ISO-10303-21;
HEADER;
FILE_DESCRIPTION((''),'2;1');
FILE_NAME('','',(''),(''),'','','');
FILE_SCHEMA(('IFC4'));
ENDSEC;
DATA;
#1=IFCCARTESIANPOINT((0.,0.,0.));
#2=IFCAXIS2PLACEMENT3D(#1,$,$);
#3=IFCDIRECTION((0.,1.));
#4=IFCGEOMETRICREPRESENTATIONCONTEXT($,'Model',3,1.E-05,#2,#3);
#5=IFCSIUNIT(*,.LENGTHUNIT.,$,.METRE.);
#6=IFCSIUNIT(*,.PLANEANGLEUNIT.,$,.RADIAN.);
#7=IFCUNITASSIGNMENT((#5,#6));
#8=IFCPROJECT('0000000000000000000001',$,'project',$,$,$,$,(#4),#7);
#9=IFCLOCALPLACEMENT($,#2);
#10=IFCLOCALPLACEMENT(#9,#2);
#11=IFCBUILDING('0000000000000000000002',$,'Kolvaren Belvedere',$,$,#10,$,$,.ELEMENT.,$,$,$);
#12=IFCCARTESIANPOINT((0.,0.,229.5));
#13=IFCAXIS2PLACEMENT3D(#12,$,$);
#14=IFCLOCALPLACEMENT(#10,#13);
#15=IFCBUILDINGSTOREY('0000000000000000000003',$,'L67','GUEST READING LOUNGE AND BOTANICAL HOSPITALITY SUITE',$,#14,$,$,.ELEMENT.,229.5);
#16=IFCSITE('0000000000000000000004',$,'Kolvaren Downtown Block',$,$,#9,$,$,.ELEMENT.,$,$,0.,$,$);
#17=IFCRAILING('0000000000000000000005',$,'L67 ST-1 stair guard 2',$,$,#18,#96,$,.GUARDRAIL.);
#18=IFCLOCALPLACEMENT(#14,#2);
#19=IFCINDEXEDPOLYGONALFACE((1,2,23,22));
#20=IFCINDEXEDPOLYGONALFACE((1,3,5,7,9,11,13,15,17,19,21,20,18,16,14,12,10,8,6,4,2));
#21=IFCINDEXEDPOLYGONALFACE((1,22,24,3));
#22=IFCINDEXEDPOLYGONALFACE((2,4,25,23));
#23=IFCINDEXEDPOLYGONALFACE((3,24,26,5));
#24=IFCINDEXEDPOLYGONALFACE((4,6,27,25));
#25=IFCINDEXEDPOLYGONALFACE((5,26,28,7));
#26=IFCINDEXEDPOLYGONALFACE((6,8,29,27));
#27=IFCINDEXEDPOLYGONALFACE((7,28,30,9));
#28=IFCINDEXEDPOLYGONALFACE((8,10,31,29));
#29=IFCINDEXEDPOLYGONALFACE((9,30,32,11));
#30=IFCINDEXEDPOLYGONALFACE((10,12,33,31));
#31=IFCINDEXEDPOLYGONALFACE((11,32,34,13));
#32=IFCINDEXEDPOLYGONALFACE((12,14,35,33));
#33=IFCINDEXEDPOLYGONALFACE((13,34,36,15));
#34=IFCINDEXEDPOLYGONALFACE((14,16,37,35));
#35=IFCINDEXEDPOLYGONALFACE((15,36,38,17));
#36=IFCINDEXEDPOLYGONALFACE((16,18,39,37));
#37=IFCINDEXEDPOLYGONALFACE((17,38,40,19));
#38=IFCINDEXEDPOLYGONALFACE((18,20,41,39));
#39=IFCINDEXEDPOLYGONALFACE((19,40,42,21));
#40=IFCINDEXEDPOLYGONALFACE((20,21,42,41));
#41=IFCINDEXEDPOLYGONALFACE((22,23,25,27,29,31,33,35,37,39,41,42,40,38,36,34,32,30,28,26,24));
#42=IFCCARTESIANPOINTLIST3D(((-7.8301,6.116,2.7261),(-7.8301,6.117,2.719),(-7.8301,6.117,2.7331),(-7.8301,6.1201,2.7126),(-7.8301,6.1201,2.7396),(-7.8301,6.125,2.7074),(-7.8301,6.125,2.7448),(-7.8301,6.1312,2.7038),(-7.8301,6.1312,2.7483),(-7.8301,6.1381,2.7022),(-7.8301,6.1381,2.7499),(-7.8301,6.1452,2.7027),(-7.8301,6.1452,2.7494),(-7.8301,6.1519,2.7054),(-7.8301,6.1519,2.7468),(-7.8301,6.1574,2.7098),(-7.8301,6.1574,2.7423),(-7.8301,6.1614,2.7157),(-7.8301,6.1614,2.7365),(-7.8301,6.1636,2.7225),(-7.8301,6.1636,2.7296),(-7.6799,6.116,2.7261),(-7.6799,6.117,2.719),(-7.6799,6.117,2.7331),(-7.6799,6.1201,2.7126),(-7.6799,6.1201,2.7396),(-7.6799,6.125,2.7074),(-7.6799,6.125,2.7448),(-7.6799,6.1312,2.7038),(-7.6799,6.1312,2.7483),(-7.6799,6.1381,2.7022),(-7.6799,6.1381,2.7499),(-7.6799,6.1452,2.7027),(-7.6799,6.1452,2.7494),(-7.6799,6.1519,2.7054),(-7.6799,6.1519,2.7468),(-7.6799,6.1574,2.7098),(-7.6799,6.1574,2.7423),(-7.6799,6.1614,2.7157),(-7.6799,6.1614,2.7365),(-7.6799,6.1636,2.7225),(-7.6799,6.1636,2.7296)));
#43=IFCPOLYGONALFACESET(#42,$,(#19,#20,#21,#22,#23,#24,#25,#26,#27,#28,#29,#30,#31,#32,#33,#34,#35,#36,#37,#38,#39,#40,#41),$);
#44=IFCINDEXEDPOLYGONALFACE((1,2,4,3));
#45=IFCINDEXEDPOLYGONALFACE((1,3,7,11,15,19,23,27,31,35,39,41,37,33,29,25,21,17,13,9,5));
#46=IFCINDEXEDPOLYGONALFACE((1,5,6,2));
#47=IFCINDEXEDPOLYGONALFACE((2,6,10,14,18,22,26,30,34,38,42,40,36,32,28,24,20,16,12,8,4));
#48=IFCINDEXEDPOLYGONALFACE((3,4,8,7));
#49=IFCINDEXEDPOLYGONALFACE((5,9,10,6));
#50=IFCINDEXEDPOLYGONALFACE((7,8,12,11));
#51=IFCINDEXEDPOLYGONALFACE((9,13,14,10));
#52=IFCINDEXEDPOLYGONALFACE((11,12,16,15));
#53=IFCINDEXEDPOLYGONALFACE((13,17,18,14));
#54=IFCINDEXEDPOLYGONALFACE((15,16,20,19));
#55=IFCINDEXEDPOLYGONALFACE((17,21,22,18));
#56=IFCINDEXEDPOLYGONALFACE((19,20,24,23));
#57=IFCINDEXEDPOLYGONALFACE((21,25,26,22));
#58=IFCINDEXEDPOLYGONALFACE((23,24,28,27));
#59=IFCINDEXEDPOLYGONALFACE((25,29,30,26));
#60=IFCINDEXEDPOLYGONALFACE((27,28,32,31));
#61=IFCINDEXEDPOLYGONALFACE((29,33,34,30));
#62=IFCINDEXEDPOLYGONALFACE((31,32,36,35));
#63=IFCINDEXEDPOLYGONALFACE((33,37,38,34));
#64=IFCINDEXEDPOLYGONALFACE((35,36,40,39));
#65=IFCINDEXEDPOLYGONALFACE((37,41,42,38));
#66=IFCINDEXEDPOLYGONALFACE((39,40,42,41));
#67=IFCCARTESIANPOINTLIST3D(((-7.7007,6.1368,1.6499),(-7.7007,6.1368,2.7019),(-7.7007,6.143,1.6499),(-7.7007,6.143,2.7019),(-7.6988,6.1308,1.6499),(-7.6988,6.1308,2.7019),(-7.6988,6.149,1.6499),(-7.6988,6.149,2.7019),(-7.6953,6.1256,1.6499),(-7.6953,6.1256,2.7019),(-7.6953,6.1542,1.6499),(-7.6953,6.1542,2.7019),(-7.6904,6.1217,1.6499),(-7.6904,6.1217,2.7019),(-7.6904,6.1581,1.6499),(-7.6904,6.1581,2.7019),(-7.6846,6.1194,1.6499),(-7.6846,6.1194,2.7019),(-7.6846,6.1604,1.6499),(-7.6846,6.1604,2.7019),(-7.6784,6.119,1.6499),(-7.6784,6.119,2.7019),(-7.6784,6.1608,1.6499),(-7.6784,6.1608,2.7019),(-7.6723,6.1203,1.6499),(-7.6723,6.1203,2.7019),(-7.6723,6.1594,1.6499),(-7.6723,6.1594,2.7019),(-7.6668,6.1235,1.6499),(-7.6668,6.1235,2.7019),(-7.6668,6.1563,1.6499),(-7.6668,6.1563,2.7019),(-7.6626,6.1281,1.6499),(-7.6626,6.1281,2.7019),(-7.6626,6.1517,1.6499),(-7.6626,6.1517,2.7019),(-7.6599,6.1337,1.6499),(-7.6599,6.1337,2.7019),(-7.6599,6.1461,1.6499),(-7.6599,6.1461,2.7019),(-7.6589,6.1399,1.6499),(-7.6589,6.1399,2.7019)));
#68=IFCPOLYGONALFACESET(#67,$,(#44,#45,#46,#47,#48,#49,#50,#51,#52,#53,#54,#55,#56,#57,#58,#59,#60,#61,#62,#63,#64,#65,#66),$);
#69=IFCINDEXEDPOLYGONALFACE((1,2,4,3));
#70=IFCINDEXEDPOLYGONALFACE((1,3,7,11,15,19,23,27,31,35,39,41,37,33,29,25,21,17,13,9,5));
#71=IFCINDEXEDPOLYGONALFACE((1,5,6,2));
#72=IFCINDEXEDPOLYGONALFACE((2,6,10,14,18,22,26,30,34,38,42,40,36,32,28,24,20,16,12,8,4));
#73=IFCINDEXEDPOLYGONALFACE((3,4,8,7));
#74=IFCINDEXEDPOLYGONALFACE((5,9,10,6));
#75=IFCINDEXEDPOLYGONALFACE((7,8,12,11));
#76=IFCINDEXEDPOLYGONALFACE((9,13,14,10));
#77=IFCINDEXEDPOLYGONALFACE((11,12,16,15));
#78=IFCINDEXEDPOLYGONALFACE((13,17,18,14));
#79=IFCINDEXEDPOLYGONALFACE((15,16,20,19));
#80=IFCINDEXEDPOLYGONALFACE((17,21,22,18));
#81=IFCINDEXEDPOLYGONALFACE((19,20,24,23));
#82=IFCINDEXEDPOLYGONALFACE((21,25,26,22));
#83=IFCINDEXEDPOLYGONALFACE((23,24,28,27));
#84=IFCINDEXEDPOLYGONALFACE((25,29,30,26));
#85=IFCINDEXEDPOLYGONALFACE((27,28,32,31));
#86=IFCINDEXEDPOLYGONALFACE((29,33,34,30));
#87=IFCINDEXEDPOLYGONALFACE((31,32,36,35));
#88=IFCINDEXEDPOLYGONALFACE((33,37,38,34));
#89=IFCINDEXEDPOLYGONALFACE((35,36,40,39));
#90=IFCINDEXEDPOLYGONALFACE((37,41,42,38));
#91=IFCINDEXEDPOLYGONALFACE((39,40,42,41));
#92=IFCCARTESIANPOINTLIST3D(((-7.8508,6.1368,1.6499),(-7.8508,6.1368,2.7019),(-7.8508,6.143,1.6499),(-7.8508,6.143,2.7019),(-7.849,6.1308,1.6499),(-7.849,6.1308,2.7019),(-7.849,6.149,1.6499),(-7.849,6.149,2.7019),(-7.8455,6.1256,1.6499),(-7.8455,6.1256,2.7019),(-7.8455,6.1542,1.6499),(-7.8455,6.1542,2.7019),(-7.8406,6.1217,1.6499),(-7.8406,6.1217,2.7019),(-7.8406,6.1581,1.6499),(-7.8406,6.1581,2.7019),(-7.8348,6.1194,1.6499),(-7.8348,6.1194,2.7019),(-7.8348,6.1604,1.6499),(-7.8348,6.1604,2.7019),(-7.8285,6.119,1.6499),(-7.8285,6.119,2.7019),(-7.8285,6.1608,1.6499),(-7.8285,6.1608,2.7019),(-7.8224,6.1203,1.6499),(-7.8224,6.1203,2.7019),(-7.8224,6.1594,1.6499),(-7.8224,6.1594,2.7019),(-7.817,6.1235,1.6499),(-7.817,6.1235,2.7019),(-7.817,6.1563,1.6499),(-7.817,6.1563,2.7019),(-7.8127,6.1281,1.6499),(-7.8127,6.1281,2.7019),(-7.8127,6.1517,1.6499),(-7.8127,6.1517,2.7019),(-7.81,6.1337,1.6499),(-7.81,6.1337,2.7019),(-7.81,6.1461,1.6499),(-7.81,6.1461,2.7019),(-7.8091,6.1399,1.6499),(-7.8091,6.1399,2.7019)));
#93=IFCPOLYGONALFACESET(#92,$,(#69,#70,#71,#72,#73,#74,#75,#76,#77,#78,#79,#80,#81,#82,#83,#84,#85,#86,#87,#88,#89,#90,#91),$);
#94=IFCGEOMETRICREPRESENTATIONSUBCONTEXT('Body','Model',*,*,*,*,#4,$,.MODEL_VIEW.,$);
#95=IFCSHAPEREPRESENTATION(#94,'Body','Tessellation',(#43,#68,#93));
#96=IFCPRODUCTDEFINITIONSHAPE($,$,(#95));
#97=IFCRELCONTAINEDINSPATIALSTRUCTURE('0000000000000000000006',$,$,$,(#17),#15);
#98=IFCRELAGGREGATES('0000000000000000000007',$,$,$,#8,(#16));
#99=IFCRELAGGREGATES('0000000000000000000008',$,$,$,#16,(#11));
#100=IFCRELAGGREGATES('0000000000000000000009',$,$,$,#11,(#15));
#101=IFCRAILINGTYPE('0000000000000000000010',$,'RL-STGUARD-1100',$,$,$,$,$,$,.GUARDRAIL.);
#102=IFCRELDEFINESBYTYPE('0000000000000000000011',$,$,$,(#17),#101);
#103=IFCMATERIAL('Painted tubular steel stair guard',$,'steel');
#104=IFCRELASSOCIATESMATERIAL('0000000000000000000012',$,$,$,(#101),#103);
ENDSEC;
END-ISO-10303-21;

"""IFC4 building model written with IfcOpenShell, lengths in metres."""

from ifc_helpers import new_model, si_unit, direction, frame, origin, origin_2d, place, context, subcontext, project, spatial, circle, extrude, material, type_object, element, save


model = new_model("IFC4")

# Units and contexts
model_context = context("Model", 3, precision=1e-05, world=origin(), true_north=direction((0.0, 1.0)))
body_context = subcontext(model_context, "Body", "Model", "MODEL_VIEW")
ifc_project = project(units=[si_unit("LENGTHUNIT", "METRE"), si_unit("PLANEANGLEUNIT", "RADIAN")], contexts=[model_context])

# Site, building, storey
site_placement = place(None, origin())
site = spatial("IfcSite", under=ifc_project, at=site_placement, Name="Kolvaren Downtown Block", CompositionType="ELEMENT", RefElevation=0.0)
building_placement = place(site_placement, origin())
building = spatial("IfcBuilding", under=site, at=building_placement, Name="Kolvaren Belvedere", CompositionType="ELEMENT")
storey_placement = place(building_placement, frame((0.0, 0.0, 229.5)))
storey = spatial("IfcBuildingStorey", under=building, at=storey_placement, Name="L67", Description="GUEST READING LOUNGE AND BOTANICAL HOSPITALITY SUITE", CompositionType="ELEMENT", Elevation=229.5)

# Railing
ifc_material_1 = material(Name="Painted tubular steel stair guard", Category="steel")
railing_type_1 = type_object("IfcRailingType", Name="RL-STGUARD-1100", PredefinedType="GUARDRAIL", material=ifc_material_1)
railing_1_placement = place(storey_placement, frame((-7.6799, 6.1399, 1.6499)))
element("IfcRailing", 1, at=railing_1_placement, inside=storey, type_object=railing_type_1, Name="L67 ST-1 stair guard 2", PredefinedType="GUARDRAIL", context=body_context, shape_type="SweptSolid", body=[
    extrude(circle(Radius=0.0239, at=origin_2d()), frame((0.0, 0.0, 1.0762), z_axis=(-1.0, 0.0, 0.0), x_axis=(0.0, -1.0, 0.0)), (0.0, 0.0, 1.0), 0.1501),
    extrude(circle(Radius=0.021, at=origin_2d()), origin(), (0.0, 0.0, 1.0), 1.052),
    extrude(circle(Radius=0.021, at=origin_2d()), frame((-0.1501, 0.0, 0.0)), (0.0, 0.0, 1.0), 1.052),
])

save(model, "model.ifc")
